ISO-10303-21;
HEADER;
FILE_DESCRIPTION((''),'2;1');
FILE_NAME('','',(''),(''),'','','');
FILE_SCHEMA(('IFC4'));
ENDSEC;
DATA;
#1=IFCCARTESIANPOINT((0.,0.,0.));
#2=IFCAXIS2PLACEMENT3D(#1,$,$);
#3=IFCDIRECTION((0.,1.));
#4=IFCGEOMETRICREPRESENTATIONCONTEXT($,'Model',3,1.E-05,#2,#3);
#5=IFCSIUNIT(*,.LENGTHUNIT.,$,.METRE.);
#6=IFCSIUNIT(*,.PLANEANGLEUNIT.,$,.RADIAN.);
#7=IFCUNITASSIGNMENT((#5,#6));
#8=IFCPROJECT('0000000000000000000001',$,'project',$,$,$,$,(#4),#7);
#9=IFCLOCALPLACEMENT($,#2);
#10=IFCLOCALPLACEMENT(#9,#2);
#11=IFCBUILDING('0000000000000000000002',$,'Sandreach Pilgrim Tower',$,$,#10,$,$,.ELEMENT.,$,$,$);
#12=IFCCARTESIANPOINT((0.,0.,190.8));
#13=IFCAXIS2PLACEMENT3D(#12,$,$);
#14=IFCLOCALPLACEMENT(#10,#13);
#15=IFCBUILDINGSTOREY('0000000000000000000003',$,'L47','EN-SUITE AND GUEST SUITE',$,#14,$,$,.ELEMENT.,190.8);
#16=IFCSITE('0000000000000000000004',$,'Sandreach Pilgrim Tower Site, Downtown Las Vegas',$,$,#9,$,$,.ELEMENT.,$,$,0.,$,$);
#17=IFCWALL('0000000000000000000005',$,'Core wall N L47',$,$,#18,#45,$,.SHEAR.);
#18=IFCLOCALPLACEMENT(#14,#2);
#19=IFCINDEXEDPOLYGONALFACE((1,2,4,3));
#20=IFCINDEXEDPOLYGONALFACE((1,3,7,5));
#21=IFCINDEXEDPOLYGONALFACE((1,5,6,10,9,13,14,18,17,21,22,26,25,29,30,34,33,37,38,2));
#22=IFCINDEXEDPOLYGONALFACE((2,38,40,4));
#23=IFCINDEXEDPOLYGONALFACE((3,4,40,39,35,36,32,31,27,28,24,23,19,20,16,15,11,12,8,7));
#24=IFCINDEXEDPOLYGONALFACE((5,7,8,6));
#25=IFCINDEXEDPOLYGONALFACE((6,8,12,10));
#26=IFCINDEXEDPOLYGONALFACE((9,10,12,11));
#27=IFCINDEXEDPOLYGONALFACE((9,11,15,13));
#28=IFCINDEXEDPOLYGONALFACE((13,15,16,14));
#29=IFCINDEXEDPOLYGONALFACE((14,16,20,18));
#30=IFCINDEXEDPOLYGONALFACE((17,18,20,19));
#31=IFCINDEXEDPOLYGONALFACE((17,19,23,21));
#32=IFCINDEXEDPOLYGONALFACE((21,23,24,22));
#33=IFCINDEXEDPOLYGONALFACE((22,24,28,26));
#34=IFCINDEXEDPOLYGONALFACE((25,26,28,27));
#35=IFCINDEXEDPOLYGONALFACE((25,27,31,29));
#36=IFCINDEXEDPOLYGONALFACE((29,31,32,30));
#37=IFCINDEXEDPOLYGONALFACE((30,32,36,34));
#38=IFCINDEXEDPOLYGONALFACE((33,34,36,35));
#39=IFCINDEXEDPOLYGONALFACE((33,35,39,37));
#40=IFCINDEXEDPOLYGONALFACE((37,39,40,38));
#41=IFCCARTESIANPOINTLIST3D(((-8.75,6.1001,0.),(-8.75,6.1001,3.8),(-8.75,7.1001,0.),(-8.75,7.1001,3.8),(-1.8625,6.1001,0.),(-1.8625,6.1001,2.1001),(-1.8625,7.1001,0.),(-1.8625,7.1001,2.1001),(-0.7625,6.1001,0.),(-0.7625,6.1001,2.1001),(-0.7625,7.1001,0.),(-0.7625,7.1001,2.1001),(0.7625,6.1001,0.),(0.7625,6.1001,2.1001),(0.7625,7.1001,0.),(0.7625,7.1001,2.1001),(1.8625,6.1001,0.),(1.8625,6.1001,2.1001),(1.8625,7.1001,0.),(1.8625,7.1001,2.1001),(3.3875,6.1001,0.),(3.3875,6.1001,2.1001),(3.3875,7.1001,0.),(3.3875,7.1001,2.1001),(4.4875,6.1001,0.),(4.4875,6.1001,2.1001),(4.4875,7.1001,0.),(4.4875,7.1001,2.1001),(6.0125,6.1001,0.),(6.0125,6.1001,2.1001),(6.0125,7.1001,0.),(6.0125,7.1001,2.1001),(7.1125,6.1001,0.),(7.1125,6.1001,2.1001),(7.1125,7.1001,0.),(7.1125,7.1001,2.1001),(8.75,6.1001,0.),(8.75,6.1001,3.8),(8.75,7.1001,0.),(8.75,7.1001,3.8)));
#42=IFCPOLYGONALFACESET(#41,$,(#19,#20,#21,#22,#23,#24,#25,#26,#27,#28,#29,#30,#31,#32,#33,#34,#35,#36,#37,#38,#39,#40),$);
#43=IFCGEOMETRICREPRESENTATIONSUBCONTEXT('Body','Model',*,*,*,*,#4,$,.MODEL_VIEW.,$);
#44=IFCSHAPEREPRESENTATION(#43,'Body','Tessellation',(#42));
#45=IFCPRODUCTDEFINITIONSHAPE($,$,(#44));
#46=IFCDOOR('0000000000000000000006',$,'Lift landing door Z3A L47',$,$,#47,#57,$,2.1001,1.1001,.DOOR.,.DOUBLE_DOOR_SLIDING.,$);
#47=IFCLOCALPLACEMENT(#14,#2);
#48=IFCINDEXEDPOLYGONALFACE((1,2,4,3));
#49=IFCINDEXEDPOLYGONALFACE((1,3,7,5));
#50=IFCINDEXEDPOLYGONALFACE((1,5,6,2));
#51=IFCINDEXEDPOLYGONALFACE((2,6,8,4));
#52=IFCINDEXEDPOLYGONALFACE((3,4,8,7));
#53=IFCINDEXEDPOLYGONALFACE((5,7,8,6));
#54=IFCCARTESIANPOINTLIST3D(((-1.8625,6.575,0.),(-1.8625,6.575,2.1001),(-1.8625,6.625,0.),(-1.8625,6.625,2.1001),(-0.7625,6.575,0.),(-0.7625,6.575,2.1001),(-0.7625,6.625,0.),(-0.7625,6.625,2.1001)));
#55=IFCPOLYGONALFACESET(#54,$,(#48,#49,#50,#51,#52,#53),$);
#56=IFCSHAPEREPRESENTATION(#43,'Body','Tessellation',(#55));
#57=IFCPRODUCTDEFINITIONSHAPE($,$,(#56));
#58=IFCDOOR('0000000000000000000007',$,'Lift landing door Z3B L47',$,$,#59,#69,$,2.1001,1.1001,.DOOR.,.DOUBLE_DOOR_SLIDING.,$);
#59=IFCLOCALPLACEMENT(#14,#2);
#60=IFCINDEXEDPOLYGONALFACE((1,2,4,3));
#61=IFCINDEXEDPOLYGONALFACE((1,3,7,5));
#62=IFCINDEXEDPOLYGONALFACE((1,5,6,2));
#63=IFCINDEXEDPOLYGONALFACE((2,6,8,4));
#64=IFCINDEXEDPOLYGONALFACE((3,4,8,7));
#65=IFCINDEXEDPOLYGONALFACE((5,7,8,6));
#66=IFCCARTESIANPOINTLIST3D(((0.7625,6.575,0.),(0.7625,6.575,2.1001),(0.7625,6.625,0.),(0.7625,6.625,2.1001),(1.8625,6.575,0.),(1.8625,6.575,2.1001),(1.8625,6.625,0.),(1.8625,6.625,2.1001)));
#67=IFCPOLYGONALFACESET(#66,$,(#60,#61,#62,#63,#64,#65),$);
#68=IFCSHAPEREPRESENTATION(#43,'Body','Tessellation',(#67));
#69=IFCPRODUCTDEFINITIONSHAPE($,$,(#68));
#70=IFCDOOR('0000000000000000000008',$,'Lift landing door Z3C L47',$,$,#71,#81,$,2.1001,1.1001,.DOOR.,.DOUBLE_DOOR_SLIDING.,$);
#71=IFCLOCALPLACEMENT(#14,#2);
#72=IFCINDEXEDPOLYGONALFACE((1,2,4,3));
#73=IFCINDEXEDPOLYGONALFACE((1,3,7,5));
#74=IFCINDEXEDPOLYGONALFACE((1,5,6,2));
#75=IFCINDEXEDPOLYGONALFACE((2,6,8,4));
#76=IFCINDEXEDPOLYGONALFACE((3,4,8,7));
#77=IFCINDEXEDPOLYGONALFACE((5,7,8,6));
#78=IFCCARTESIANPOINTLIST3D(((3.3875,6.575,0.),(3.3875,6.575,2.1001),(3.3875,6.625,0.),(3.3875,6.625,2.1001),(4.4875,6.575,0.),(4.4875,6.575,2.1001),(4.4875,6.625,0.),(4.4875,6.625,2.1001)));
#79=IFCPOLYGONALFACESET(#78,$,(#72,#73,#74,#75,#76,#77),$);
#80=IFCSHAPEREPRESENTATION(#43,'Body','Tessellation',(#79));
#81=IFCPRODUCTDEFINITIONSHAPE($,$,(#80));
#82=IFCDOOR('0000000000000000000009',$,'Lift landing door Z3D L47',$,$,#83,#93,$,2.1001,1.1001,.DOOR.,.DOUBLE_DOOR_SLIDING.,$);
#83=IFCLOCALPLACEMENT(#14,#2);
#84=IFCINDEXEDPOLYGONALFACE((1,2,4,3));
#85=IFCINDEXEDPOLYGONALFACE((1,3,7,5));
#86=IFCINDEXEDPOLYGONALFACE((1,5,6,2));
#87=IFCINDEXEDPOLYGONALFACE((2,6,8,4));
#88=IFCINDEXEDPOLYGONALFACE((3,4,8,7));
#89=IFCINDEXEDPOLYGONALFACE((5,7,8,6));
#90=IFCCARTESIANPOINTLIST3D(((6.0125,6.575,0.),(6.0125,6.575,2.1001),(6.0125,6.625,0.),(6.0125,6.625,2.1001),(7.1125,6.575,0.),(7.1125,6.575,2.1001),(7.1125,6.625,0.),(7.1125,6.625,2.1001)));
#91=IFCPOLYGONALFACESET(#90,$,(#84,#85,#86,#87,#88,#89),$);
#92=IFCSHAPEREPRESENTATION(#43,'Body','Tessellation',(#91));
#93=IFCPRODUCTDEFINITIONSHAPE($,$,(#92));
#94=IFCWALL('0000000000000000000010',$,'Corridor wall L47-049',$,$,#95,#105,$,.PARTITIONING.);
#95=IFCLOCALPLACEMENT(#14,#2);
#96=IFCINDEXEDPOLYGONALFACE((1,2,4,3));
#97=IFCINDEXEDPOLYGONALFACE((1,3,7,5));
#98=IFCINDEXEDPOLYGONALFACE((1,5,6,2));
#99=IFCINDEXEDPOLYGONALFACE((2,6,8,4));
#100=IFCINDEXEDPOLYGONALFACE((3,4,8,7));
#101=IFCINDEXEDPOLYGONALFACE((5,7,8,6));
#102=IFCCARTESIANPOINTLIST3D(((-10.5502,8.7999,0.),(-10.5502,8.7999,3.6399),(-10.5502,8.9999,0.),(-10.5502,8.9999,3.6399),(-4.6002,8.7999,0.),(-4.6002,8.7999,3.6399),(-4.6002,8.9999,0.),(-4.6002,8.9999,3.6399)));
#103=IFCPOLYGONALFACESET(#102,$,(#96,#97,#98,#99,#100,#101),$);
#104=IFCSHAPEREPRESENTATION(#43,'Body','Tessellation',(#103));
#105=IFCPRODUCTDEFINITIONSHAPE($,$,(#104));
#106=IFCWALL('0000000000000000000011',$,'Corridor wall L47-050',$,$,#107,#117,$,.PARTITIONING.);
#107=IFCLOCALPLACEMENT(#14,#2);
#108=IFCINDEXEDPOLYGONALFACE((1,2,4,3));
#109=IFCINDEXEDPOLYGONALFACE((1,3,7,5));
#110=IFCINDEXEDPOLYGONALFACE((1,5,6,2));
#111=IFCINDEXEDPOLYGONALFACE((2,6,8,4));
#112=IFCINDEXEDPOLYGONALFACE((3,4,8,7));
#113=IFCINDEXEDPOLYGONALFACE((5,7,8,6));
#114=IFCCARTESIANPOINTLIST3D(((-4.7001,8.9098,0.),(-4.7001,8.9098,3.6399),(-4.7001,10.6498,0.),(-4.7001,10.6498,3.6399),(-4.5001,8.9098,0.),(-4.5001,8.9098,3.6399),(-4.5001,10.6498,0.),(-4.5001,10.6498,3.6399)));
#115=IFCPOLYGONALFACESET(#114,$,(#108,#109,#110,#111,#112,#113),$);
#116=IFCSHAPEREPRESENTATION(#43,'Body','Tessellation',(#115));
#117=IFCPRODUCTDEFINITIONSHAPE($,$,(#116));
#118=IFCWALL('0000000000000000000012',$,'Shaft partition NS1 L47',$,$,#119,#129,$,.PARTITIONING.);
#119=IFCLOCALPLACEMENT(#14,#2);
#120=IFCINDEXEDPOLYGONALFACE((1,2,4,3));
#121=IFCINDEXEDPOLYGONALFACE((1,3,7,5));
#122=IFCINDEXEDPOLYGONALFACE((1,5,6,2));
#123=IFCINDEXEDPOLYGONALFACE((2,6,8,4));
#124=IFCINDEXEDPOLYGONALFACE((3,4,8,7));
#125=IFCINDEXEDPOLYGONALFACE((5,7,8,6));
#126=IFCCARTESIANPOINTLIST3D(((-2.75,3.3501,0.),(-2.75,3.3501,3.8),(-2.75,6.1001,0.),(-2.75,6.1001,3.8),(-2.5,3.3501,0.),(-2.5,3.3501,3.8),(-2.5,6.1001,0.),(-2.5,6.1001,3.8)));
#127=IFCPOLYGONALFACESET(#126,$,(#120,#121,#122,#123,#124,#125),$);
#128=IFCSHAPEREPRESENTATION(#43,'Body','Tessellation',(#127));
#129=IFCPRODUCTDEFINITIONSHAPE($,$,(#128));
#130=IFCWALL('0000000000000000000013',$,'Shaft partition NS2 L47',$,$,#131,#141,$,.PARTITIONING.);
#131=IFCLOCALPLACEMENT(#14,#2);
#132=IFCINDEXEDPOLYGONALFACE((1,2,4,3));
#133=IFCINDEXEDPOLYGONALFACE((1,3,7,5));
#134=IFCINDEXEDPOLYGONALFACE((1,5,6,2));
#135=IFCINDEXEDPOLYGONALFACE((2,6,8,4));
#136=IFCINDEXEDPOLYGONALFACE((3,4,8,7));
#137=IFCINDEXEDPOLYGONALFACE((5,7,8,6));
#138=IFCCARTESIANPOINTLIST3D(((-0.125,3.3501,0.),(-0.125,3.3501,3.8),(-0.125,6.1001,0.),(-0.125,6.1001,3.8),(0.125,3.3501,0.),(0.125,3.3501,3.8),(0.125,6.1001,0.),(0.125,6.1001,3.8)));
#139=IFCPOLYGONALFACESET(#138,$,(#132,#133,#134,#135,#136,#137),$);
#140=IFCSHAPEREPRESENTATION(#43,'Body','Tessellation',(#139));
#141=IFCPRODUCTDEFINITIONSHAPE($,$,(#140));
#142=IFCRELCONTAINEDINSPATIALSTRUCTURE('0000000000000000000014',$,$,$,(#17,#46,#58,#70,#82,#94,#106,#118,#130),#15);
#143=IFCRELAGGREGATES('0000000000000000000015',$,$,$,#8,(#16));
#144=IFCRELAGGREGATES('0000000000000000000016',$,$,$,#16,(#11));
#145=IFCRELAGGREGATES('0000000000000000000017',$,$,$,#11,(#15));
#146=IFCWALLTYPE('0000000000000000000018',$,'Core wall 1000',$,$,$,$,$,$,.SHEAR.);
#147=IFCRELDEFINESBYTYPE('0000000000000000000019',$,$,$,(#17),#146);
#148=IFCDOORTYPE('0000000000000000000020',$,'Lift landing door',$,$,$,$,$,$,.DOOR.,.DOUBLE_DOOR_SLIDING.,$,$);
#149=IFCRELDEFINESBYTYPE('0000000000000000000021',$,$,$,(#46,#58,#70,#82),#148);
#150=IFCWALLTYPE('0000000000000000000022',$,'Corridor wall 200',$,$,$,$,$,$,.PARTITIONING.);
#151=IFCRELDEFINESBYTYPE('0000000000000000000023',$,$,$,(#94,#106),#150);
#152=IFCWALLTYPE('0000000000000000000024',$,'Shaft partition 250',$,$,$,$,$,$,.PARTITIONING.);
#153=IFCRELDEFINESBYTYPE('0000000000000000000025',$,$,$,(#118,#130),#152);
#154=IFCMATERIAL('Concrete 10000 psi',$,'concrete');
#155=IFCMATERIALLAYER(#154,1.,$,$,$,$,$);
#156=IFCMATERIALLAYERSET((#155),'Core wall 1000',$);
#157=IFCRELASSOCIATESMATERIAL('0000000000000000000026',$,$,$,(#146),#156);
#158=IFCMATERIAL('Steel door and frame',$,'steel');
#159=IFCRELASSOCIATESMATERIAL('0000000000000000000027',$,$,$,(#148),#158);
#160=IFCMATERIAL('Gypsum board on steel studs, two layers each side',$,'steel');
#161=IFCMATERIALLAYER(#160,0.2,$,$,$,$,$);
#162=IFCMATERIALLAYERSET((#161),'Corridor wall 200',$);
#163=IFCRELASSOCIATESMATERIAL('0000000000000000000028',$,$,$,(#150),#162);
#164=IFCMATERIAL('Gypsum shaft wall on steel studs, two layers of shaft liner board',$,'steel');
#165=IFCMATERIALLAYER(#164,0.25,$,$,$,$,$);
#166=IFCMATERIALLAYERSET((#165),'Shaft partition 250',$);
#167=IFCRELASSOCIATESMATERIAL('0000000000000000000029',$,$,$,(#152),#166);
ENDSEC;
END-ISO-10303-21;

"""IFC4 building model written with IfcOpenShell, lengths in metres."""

from ifc_helpers import new_model, si_unit, direction, frame, frame_2d, origin, place, context, subcontext, project, spatial, rectangle, extrude, material, layer, layer_set, type_object, element, fill, save


model = new_model("IFC4")

# Units and contexts
model_context = context("Model", 3, precision=1e-05, world=origin(), true_north=direction((0.0, 1.0)))
body_context = subcontext(model_context, "Body", "Model", "MODEL_VIEW")
ifc_project = project(units=[si_unit("LENGTHUNIT", "METRE"), si_unit("PLANEANGLEUNIT", "RADIAN")], contexts=[model_context])

# Site, building, storey
site_placement = place(None, origin())
site = spatial("IfcSite", under=ifc_project, at=site_placement, Name="Sandreach Pilgrim Tower Site, Downtown Las Vegas", CompositionType="ELEMENT", RefElevation=0.0)
building_placement = place(site_placement, origin())
building = spatial("IfcBuilding", under=site, at=building_placement, Name="Sandreach Pilgrim Tower", CompositionType="ELEMENT")
storey_placement = place(building_placement, frame((0.0, 0.0, 190.8)))
storey = spatial("IfcBuildingStorey", under=building, at=storey_placement, Name="L47", Description="EN-SUITE AND GUEST SUITE", CompositionType="ELEMENT", Elevation=190.8)

# Wall, openings, doors
ifc_material_1 = material(Name="Concrete 10000 psi", Category="concrete")
ifc_layer_1 = layer(ifc_material_1, 1.0)
ifc_layer_set_1 = layer_set([ifc_layer_1], Name="Core wall 1000")
wall_type_1 = type_object("IfcWallType", Name="Core wall 1000", PredefinedType="SHEAR", material=ifc_layer_set_1)
wall_1_placement = place(storey_placement, frame((-8.75, 6.6001, 0.0), z_axis=(0.0, 0.0, 1.0), x_axis=(1.0, 0.0, 0.0)))
wall_1 = element("IfcWall", 1, at=wall_1_placement, inside=storey, type_object=wall_type_1, Name="Core wall N L47", PredefinedType="SHEAR", context=body_context, shape_type="SweptSolid", body=[
    extrude(rectangle(XDim=17.5, YDim=1.0, at=frame_2d((8.75, 0.0))), origin(), (0.0, 0.0, 1.0), 3.8),
])
opening_1_placement = place(wall_1_placement, frame((6.8875, 0.0, 0.0)))
opening_1 = element("IfcOpeningElement", 2, at=opening_1_placement, cuts=wall_1, PredefinedType="OPENING", context=body_context, shape_type="SweptSolid", body=[
    extrude(rectangle(XDim=1.1001, YDim=2.1001, at=frame_2d((0.55, 1.05))), frame((0.0, 0.5, 0.0), z_axis=(0.0, -1.0, 0.0), x_axis=(1.0, 0.0, 0.0)), (0.0, 0.0, 1.0), 1.0),
])
opening_2_placement = place(wall_1_placement, frame((9.5125, 0.0, 0.0)))
opening_2 = element("IfcOpeningElement", 3, at=opening_2_placement, cuts=wall_1, PredefinedType="OPENING", context=body_context, shape_type="SweptSolid", body=[
    extrude(rectangle(XDim=1.1001, YDim=2.1001, at=frame_2d((0.55, 1.05))), frame((0.0, 0.5, 0.0), z_axis=(0.0, -1.0, 0.0), x_axis=(1.0, 0.0, 0.0)), (0.0, 0.0, 1.0), 1.0),
])
opening_3_placement = place(wall_1_placement, frame((12.1375, 0.0, 0.0)))
opening_3 = element("IfcOpeningElement", 4, at=opening_3_placement, cuts=wall_1, PredefinedType="OPENING", context=body_context, shape_type="SweptSolid", body=[
    extrude(rectangle(XDim=1.1001, YDim=2.1001, at=frame_2d((0.55, 1.05))), frame((0.0, 0.5, 0.0), z_axis=(0.0, -1.0, 0.0), x_axis=(1.0, 0.0, 0.0)), (0.0, 0.0, 1.0), 1.0),
])
opening_4_placement = place(wall_1_placement, frame((14.7625, 0.0, 0.0)))
opening_4 = element("IfcOpeningElement", 5, at=opening_4_placement, cuts=wall_1, PredefinedType="OPENING", context=body_context, shape_type="SweptSolid", body=[
    extrude(rectangle(XDim=1.1001, YDim=2.1001, at=frame_2d((0.55, 1.05))), frame((0.0, 0.5, 0.0), z_axis=(0.0, -1.0, 0.0), x_axis=(1.0, 0.0, 0.0)), (0.0, 0.0, 1.0), 1.0),
])
ifc_material_2 = material(Name="Steel door and frame", Category="steel")
door_type_1 = type_object("IfcDoorType", Name="Lift landing door", OperationType="DOUBLE_DOOR_SLIDING", PredefinedType="DOOR", material=ifc_material_2)
door_1_placement = place(opening_1_placement, origin())
door_1 = element("IfcDoor", 6, at=door_1_placement, inside=storey, type_object=door_type_1, Name="Lift landing door Z3A L47", OperationType="DOUBLE_DOOR_SLIDING", OverallHeight=2.1001, OverallWidth=1.1001, PredefinedType="DOOR", context=body_context, shape_type="SweptSolid", body=[
    extrude(rectangle(XDim=1.1001, YDim=2.1001, at=frame_2d((0.55, 1.05))), frame((0.0, 0.0249, 0.0), z_axis=(0.0, -1.0, 0.0), x_axis=(1.0, 0.0, 0.0)), (0.0, 0.0, 1.0), 0.05),
])
fill(opening_1, door_1)
door_2_placement = place(opening_2_placement, origin())
door_2 = element("IfcDoor", 7, at=door_2_placement, inside=storey, type_object=door_type_1, Name="Lift landing door Z3B L47", OperationType="DOUBLE_DOOR_SLIDING", OverallHeight=2.1001, OverallWidth=1.1001, PredefinedType="DOOR", context=body_context, shape_type="SweptSolid", body=[
    extrude(rectangle(XDim=1.1001, YDim=2.1001, at=frame_2d((0.55, 1.05))), frame((0.0, 0.0249, 0.0), z_axis=(0.0, -1.0, 0.0), x_axis=(1.0, 0.0, 0.0)), (0.0, 0.0, 1.0), 0.05),
])
fill(opening_2, door_2)
door_3_placement = place(opening_3_placement, origin())
door_3 = element("IfcDoor", 8, at=door_3_placement, inside=storey, type_object=door_type_1, Name="Lift landing door Z3C L47", OperationType="DOUBLE_DOOR_SLIDING", OverallHeight=2.1001, OverallWidth=1.1001, PredefinedType="DOOR", context=body_context, shape_type="SweptSolid", body=[
    extrude(rectangle(XDim=1.1001, YDim=2.1001, at=frame_2d((0.55, 1.05))), frame((0.0, 0.0249, 0.0), z_axis=(0.0, -1.0, 0.0), x_axis=(1.0, 0.0, 0.0)), (0.0, 0.0, 1.0), 0.05),
])
fill(opening_3, door_3)
door_4_placement = place(opening_4_placement, origin())
door_4 = element("IfcDoor", 9, at=door_4_placement, inside=storey, type_object=door_type_1, Name="Lift landing door Z3D L47", OperationType="DOUBLE_DOOR_SLIDING", OverallHeight=2.1001, OverallWidth=1.1001, PredefinedType="DOOR", context=body_context, shape_type="SweptSolid", body=[
    extrude(rectangle(XDim=1.1001, YDim=2.1001, at=frame_2d((0.55, 1.05))), frame((0.0, 0.0249, 0.0), z_axis=(0.0, -1.0, 0.0), x_axis=(1.0, 0.0, 0.0)), (0.0, 0.0, 1.0), 0.05),
])
fill(opening_4, door_4)

# Walls
ifc_material_3 = material(Name="Gypsum board on steel studs, two layers each side", Category="steel")
ifc_layer_2 = layer(ifc_material_3, 0.2)
ifc_layer_set_2 = layer_set([ifc_layer_2], Name="Corridor wall 200")
wall_type_2 = type_object("IfcWallType", Name="Corridor wall 200", PredefinedType="PARTITIONING", material=ifc_layer_set_2)
wall_2_placement = place(storey_placement, frame((-4.6001, 8.8999, 0.0), z_axis=(0.0, 0.0, 1.0), x_axis=(-1.0, 0.0, 0.0)))
element("IfcWall", 10, at=wall_2_placement, inside=storey, type_object=wall_type_2, Name="Corridor wall L47-049", PredefinedType="PARTITIONING", context=body_context, shape_type="SweptSolid", body=[
    extrude(rectangle(XDim=5.95, YDim=0.2, at=frame_2d((2.9751, 0.0))), origin(), (0.0, 0.0, 1.0), 3.6399),
])
wall_3_placement = place(storey_placement, frame((-4.6001, 10.6499, 0.0), z_axis=(0.0, 0.0, 1.0), x_axis=(0.0, -1.0, 0.0)))
element("IfcWall", 11, at=wall_3_placement, inside=storey, type_object=wall_type_2, Name="Corridor wall L47-050", PredefinedType="PARTITIONING", context=body_context, shape_type="SweptSolid", body=[
    extrude(rectangle(XDim=1.74, YDim=0.2, at=frame_2d((0.8701, 0.0))), origin(), (0.0, 0.0, 1.0), 3.6399),
])

# Walls
ifc_material_4 = material(Name="Gypsum shaft wall on steel studs, two layers of shaft liner board", Category="steel")
ifc_layer_3 = layer(ifc_material_4, 0.25)
ifc_layer_set_3 = layer_set([ifc_layer_3], Name="Shaft partition 250")
wall_type_3 = type_object("IfcWallType", Name="Shaft partition 250", PredefinedType="PARTITIONING", material=ifc_layer_set_3)
for number, where, z_axis, x_axis, name in (
    (12, (-2.625, 3.3501, 0.0), (0.0, 0.0, 1.0), (0.0, 1.0, 0.0), "Shaft partition NS1 L47"),
    (13, (0.0, 3.3501, 0.0), (0.0, 0.0, 1.0), (0.0, 1.0, 0.0), "Shaft partition NS2 L47"),
):
    element("IfcWall", number, at=place(storey_placement, frame(where, z_axis=z_axis, x_axis=x_axis)), inside=storey, type_object=wall_type_3, Name=name, PredefinedType="PARTITIONING", context=body_context, shape_type="SweptSolid", body=[
        extrude(rectangle(XDim=2.75, YDim=0.25, at=frame_2d((1.375, 0.0))), origin(), (0.0, 0.0, 1.0), 3.8),
    ])

save(model, "model.ifc")
